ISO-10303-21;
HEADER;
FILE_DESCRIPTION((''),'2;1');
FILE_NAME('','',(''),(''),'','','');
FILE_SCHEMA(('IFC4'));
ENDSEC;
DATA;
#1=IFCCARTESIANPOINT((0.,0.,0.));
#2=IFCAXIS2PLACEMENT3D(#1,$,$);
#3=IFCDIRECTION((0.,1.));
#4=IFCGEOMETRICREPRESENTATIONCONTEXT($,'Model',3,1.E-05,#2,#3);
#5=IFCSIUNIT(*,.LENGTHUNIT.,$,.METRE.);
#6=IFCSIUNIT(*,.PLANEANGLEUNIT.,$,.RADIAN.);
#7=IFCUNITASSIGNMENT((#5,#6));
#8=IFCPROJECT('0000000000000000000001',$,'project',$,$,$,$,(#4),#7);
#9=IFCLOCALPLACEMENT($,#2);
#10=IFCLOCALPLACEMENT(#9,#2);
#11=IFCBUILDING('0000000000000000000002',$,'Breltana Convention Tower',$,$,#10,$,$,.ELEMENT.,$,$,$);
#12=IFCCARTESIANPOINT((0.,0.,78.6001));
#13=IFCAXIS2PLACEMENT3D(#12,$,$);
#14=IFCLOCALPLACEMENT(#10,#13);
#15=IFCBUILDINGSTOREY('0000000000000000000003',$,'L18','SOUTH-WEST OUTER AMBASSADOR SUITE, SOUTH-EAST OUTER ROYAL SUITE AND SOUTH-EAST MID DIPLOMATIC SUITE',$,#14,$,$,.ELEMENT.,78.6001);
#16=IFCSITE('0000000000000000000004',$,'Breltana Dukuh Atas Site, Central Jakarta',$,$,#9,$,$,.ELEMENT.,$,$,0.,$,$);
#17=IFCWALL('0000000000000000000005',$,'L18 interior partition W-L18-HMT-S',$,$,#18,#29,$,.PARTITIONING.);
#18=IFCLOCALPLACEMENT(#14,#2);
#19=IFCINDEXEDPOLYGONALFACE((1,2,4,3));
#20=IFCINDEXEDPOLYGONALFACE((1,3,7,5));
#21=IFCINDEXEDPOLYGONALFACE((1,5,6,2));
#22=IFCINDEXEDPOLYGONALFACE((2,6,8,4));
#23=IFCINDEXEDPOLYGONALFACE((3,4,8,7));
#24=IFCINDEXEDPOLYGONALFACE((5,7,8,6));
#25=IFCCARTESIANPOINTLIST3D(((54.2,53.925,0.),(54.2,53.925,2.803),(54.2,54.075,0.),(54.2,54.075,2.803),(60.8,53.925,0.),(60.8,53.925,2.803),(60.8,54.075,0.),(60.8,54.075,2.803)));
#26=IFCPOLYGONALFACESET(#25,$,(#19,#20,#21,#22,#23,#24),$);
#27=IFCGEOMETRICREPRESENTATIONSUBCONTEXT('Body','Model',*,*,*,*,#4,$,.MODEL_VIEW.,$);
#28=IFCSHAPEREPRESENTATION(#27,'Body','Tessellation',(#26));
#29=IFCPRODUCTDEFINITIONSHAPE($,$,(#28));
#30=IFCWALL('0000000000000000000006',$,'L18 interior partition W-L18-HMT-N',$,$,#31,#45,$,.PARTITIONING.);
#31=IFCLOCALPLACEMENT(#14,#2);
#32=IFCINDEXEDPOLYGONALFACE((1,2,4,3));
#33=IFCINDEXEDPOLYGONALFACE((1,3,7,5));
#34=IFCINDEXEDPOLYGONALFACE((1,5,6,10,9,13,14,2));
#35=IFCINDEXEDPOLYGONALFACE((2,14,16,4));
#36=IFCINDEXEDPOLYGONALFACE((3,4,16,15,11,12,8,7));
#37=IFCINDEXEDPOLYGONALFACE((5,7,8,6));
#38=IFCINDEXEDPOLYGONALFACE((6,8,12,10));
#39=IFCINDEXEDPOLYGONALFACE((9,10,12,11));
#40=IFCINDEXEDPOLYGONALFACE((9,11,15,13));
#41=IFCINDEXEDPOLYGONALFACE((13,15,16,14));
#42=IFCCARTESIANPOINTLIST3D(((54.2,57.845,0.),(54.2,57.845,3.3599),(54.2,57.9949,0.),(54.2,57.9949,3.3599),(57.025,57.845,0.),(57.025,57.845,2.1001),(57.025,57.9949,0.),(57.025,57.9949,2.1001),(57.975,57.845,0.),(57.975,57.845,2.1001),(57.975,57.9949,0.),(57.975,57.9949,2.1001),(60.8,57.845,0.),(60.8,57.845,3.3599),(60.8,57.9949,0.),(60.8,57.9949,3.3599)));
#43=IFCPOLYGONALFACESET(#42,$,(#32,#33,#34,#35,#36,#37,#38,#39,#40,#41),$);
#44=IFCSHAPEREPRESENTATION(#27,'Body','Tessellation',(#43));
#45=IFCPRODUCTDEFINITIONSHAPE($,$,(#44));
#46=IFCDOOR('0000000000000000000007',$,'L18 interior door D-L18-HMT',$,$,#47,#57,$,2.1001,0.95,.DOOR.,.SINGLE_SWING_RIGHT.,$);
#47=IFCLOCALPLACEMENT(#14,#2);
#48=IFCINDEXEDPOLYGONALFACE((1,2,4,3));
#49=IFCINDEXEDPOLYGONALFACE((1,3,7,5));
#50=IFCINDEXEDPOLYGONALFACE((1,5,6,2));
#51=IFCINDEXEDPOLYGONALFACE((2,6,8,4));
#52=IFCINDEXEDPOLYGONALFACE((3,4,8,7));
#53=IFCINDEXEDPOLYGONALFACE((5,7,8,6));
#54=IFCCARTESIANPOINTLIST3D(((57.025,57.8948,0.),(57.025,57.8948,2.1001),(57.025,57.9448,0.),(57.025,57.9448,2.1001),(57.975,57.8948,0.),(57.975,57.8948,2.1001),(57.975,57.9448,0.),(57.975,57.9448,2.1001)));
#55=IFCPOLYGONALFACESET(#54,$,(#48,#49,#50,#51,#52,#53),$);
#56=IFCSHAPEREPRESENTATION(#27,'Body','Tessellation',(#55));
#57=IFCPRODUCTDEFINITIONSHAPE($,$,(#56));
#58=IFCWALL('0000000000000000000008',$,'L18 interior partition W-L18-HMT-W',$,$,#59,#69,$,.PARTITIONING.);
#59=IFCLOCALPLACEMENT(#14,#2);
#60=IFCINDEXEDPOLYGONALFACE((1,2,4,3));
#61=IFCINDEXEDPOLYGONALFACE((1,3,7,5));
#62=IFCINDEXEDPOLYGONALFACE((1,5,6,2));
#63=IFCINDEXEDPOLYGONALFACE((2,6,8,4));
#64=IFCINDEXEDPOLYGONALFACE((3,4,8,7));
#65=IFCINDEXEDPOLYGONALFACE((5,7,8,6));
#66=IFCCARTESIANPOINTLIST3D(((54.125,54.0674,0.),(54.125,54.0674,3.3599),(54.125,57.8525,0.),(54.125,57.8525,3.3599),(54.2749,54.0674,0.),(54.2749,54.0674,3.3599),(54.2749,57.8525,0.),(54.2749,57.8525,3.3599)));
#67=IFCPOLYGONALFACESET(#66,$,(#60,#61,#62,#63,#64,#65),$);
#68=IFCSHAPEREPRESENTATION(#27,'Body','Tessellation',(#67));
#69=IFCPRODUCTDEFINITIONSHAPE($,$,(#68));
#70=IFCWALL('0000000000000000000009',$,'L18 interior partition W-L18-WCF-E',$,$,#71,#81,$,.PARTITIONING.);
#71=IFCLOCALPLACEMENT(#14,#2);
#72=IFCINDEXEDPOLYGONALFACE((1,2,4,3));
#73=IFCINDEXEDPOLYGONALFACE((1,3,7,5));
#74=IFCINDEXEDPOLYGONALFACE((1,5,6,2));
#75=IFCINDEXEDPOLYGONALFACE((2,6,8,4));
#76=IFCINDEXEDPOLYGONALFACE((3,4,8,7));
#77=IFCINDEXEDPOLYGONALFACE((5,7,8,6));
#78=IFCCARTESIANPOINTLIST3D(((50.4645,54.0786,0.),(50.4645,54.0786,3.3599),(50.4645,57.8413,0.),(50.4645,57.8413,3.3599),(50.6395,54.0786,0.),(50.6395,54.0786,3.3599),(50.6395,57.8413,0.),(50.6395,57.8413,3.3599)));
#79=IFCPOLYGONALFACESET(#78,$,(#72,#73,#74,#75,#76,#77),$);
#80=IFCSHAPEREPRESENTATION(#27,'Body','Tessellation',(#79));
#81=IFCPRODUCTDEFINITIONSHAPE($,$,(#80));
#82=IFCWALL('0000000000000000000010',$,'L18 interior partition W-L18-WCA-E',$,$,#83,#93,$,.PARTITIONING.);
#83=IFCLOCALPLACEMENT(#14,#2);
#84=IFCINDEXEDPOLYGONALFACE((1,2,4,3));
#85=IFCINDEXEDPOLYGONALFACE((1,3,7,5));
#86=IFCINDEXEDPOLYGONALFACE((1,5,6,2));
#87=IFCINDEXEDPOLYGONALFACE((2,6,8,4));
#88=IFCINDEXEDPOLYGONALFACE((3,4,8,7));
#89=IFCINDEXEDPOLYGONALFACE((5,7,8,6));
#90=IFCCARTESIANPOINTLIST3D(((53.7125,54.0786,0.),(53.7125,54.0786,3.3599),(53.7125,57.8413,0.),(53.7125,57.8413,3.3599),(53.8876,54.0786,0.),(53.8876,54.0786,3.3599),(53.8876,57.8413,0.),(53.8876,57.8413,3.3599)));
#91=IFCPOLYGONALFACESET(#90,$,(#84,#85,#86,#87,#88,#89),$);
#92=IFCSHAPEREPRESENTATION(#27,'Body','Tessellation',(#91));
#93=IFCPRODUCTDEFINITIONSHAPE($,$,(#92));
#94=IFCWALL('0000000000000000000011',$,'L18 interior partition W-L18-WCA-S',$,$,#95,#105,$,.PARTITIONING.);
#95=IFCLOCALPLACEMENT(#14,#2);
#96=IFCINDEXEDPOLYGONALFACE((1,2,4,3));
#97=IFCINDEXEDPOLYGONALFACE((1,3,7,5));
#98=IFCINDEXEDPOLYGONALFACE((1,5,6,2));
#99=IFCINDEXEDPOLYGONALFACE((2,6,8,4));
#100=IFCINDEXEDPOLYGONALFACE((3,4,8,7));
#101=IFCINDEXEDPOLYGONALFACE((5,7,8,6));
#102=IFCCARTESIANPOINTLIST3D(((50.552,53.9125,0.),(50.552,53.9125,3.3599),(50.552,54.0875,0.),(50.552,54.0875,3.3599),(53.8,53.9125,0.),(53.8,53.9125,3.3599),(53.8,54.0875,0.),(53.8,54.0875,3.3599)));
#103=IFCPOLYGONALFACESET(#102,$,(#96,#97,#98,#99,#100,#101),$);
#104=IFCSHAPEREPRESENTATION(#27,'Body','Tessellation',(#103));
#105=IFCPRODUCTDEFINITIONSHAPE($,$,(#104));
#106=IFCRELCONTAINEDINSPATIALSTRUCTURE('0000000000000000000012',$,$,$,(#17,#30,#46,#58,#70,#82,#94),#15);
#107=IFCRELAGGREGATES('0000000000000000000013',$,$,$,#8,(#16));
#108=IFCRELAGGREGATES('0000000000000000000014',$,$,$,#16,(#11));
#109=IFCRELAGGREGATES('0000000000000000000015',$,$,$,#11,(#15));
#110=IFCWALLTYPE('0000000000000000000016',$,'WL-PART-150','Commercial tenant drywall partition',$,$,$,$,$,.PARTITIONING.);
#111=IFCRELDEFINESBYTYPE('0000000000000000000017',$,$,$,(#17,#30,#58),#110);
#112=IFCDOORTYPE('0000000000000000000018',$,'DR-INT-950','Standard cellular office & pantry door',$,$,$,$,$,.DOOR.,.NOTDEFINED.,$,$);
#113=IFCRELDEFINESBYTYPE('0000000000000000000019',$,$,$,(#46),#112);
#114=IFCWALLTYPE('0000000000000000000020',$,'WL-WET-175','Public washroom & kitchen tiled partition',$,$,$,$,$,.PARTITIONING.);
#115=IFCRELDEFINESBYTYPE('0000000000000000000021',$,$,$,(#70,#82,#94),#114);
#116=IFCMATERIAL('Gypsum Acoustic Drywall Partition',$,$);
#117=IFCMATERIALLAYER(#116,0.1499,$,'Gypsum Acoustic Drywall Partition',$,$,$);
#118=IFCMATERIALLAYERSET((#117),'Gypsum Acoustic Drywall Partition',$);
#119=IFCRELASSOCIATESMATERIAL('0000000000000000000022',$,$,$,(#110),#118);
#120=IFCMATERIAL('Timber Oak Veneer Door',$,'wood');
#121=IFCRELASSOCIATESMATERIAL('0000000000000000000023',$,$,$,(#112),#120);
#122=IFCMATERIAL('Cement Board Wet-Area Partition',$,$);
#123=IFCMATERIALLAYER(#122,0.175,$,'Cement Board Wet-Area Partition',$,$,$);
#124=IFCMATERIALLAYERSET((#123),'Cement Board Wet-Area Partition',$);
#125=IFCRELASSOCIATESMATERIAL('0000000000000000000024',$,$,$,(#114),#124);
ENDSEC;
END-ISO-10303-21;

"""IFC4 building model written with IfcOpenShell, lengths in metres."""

from ifc_helpers import new_model, si_unit, direction, frame, frame_2d, origin, place, context, subcontext, project, spatial, rectangle, extrude, source, transform, mapped, material, layer, layer_set, type_object, type_shapes, element, fill, save


model = new_model("IFC4")

# Units and contexts
model_context = context("Model", 3, precision=1e-05, world=origin(), true_north=direction((0.0, 1.0)))
body_context = subcontext(model_context, "Body", "Model", "MODEL_VIEW")
ifc_project = project(units=[si_unit("LENGTHUNIT", "METRE"), si_unit("PLANEANGLEUNIT", "RADIAN")], contexts=[model_context])

# Site, building, storey
site_placement = place(None, origin())
site = spatial("IfcSite", under=ifc_project, at=site_placement, Name="Breltana Dukuh Atas Site, Central Jakarta", CompositionType="ELEMENT", RefElevation=0.0)
building_placement = place(site_placement, origin())
building = spatial("IfcBuilding", under=site, at=building_placement, Name="Breltana Convention Tower", CompositionType="ELEMENT")
storey_placement = place(building_placement, frame((0.0, 0.0, 78.6001)))
storey = spatial("IfcBuildingStorey", under=building, at=storey_placement, Name="L18", Description="SOUTH-WEST OUTER AMBASSADOR SUITE, SOUTH-EAST OUTER ROYAL SUITE AND SOUTH-EAST MID DIPLOMATIC SUITE", CompositionType="ELEMENT", Elevation=78.6001)

# Wall
ifc_material_1 = material(Name="Gypsum Acoustic Drywall Partition")
ifc_layer_1 = layer(ifc_material_1, 0.1499, Name="Gypsum Acoustic Drywall Partition")
ifc_layer_set_1 = layer_set([ifc_layer_1], Name="Gypsum Acoustic Drywall Partition")
wall_type_1 = type_object("IfcWallType", Name="WL-PART-150", Description="Commercial tenant drywall partition", PredefinedType="PARTITIONING", material=ifc_layer_set_1)
shared_shape_1 = source(origin(), body_context, "Body", "SweptSolid", [
    extrude(rectangle(XDim=6.6001, YDim=0.1499, at=frame_2d((3.3, 0.0))), origin(), (0.0, 0.0, 1.0), 2.803),
])
wall_1_placement = place(storey_placement, frame((54.2, 54.0, 0.0), z_axis=(0.0, 0.0, 1.0), x_axis=(1.0, 0.0, 0.0)))
element("IfcWall", 1, at=wall_1_placement, inside=storey, type_object=wall_type_1, Name="L18 interior partition W-L18-HMT-S", PredefinedType="PARTITIONING", context=body_context, shape_type="MappedRepresentation", body=[
    mapped(shared_shape_1, transform((0.0, 0.0, 0.0), scale=1.0)),
])

# Wall, opening, door
shared_shape_2 = source(origin(), body_context, "Body", "SweptSolid", [
    extrude(rectangle(XDim=6.6001, YDim=0.1499, at=frame_2d((3.3, 0.0))), origin(), (0.0, 0.0, 1.0), 3.3599),
])
wall_2_placement = place(storey_placement, frame((54.2, 57.9199, 0.0), z_axis=(0.0, 0.0, 1.0), x_axis=(1.0, 0.0, 0.0)))
wall_2 = element("IfcWall", 2, at=wall_2_placement, inside=storey, type_object=wall_type_1, Name="L18 interior partition W-L18-HMT-N", PredefinedType="PARTITIONING", context=body_context, shape_type="MappedRepresentation", body=[
    mapped(shared_shape_2, transform((0.0, 0.0, 0.0), scale=1.0)),
])
opening_1_placement = place(wall_2_placement, frame((2.825, 0.0, 0.0)))
opening_1 = element("IfcOpeningElement", 3, at=opening_1_placement, cuts=wall_2, PredefinedType="OPENING", context=body_context, shape_type="SweptSolid", body=[
    extrude(rectangle(XDim=0.95, YDim=2.1001, at=frame_2d((0.4751, 1.05))), frame((0.0, 0.085, 0.0), z_axis=(0.0, -1.0, 0.0), x_axis=(1.0, 0.0, 0.0)), (0.0, 0.0, 1.0), 0.1699),
])
ifc_material_2 = material(Name="Timber Oak Veneer Door", Category="wood")
door_type_1 = type_object("IfcDoorType", Name="DR-INT-950", Description="Standard cellular office & pantry door", OperationType="NOTDEFINED", PredefinedType="DOOR", material=ifc_material_2)
shared_shape_3 = source(origin(), body_context, "Body", "SweptSolid", [
    extrude(rectangle(XDim=0.95, YDim=2.1001, at=frame_2d((0.4751, 1.05))), frame((0.0, 0.0249, 0.0), z_axis=(0.0, -1.0, 0.0), x_axis=(1.0, 0.0, 0.0)), (0.0, 0.0, 1.0), 0.05),
])
type_shapes(door_type_1, [shared_shape_3])
door_1_placement = place(opening_1_placement, origin())
door_1 = element("IfcDoor", 4, at=door_1_placement, inside=storey, type_object=door_type_1, Name="L18 interior door D-L18-HMT", OperationType="SINGLE_SWING_RIGHT", OverallHeight=2.1001, OverallWidth=0.95, PredefinedType="DOOR", context=body_context, shape_type="MappedRepresentation", body=[
    mapped(shared_shape_3, transform((0.0, 0.0, 0.0), scale=1.0)),
])
fill(opening_1, door_1)

# Walls
shared_shape_4 = source(origin(), body_context, "Body", "SweptSolid", [
    extrude(rectangle(XDim=3.7852, YDim=0.1499, at=frame_2d((1.8926, 0.0))), origin(), (0.0, 0.0, 1.0), 3.3599),
])
wall_3_placement = place(storey_placement, frame((54.2, 54.0674, 0.0), z_axis=(0.0, 0.0, 1.0), x_axis=(0.0, 1.0, 0.0)))
element("IfcWall", 5, at=wall_3_placement, inside=storey, type_object=wall_type_1, Name="L18 interior partition W-L18-HMT-W", PredefinedType="PARTITIONING", context=body_context, shape_type="MappedRepresentation", body=[
    mapped(shared_shape_4, transform((0.0, 0.0, 0.0), scale=1.0)),
])
ifc_material_3 = material(Name="Cement Board Wet-Area Partition")
ifc_layer_2 = layer(ifc_material_3, 0.175, Name="Cement Board Wet-Area Partition")
ifc_layer_set_2 = layer_set([ifc_layer_2], Name="Cement Board Wet-Area Partition")
wall_type_2 = type_object("IfcWallType", Name="WL-WET-175", Description="Public washroom & kitchen tiled partition", PredefinedType="PARTITIONING", material=ifc_layer_set_2)
shared_shape_5 = source(origin(), body_context, "Body", "SweptSolid", [
    extrude(rectangle(XDim=3.7627, YDim=0.175, at=frame_2d((1.8813, 0.0))), origin(), (0.0, 0.0, 1.0), 3.3599),
])
for number, where, z_axis, x_axis, name in (
    (6, (50.552, 54.0786, 0.0), (0.0, 0.0, 1.0), (0.0, 1.0, 0.0), "L18 interior partition W-L18-WCF-E"),
    (7, (53.8, 54.0786, 0.0), (0.0, 0.0, 1.0), (0.0, 1.0, 0.0), "L18 interior partition W-L18-WCA-E"),
):
    element("IfcWall", number, at=place(storey_placement, frame(where, z_axis=z_axis, x_axis=x_axis)), inside=storey, type_object=wall_type_2, Name=name, PredefinedType="PARTITIONING", context=body_context, shape_type="MappedRepresentation", body=[
        mapped(shared_shape_5, transform((0.0, 0.0, 0.0), scale=1.0)),
    ])
shared_shape_6 = source(origin(), body_context, "Body", "SweptSolid", [
    extrude(rectangle(XDim=3.248, YDim=0.175, at=frame_2d((1.624, 0.0))), origin(), (0.0, 0.0, 1.0), 3.3599),
])
wall_4_placement = place(storey_placement, frame((50.552, 54.0, 0.0), z_axis=(0.0, 0.0, 1.0), x_axis=(1.0, 0.0, 0.0)))
element("IfcWall", 8, at=wall_4_placement, inside=storey, type_object=wall_type_2, Name="L18 interior partition W-L18-WCA-S", PredefinedType="PARTITIONING", context=body_context, shape_type="MappedRepresentation", body=[
    mapped(shared_shape_6, transform((0.0, 0.0, 0.0), scale=1.0)),
])

save(model, "model.ifc")
